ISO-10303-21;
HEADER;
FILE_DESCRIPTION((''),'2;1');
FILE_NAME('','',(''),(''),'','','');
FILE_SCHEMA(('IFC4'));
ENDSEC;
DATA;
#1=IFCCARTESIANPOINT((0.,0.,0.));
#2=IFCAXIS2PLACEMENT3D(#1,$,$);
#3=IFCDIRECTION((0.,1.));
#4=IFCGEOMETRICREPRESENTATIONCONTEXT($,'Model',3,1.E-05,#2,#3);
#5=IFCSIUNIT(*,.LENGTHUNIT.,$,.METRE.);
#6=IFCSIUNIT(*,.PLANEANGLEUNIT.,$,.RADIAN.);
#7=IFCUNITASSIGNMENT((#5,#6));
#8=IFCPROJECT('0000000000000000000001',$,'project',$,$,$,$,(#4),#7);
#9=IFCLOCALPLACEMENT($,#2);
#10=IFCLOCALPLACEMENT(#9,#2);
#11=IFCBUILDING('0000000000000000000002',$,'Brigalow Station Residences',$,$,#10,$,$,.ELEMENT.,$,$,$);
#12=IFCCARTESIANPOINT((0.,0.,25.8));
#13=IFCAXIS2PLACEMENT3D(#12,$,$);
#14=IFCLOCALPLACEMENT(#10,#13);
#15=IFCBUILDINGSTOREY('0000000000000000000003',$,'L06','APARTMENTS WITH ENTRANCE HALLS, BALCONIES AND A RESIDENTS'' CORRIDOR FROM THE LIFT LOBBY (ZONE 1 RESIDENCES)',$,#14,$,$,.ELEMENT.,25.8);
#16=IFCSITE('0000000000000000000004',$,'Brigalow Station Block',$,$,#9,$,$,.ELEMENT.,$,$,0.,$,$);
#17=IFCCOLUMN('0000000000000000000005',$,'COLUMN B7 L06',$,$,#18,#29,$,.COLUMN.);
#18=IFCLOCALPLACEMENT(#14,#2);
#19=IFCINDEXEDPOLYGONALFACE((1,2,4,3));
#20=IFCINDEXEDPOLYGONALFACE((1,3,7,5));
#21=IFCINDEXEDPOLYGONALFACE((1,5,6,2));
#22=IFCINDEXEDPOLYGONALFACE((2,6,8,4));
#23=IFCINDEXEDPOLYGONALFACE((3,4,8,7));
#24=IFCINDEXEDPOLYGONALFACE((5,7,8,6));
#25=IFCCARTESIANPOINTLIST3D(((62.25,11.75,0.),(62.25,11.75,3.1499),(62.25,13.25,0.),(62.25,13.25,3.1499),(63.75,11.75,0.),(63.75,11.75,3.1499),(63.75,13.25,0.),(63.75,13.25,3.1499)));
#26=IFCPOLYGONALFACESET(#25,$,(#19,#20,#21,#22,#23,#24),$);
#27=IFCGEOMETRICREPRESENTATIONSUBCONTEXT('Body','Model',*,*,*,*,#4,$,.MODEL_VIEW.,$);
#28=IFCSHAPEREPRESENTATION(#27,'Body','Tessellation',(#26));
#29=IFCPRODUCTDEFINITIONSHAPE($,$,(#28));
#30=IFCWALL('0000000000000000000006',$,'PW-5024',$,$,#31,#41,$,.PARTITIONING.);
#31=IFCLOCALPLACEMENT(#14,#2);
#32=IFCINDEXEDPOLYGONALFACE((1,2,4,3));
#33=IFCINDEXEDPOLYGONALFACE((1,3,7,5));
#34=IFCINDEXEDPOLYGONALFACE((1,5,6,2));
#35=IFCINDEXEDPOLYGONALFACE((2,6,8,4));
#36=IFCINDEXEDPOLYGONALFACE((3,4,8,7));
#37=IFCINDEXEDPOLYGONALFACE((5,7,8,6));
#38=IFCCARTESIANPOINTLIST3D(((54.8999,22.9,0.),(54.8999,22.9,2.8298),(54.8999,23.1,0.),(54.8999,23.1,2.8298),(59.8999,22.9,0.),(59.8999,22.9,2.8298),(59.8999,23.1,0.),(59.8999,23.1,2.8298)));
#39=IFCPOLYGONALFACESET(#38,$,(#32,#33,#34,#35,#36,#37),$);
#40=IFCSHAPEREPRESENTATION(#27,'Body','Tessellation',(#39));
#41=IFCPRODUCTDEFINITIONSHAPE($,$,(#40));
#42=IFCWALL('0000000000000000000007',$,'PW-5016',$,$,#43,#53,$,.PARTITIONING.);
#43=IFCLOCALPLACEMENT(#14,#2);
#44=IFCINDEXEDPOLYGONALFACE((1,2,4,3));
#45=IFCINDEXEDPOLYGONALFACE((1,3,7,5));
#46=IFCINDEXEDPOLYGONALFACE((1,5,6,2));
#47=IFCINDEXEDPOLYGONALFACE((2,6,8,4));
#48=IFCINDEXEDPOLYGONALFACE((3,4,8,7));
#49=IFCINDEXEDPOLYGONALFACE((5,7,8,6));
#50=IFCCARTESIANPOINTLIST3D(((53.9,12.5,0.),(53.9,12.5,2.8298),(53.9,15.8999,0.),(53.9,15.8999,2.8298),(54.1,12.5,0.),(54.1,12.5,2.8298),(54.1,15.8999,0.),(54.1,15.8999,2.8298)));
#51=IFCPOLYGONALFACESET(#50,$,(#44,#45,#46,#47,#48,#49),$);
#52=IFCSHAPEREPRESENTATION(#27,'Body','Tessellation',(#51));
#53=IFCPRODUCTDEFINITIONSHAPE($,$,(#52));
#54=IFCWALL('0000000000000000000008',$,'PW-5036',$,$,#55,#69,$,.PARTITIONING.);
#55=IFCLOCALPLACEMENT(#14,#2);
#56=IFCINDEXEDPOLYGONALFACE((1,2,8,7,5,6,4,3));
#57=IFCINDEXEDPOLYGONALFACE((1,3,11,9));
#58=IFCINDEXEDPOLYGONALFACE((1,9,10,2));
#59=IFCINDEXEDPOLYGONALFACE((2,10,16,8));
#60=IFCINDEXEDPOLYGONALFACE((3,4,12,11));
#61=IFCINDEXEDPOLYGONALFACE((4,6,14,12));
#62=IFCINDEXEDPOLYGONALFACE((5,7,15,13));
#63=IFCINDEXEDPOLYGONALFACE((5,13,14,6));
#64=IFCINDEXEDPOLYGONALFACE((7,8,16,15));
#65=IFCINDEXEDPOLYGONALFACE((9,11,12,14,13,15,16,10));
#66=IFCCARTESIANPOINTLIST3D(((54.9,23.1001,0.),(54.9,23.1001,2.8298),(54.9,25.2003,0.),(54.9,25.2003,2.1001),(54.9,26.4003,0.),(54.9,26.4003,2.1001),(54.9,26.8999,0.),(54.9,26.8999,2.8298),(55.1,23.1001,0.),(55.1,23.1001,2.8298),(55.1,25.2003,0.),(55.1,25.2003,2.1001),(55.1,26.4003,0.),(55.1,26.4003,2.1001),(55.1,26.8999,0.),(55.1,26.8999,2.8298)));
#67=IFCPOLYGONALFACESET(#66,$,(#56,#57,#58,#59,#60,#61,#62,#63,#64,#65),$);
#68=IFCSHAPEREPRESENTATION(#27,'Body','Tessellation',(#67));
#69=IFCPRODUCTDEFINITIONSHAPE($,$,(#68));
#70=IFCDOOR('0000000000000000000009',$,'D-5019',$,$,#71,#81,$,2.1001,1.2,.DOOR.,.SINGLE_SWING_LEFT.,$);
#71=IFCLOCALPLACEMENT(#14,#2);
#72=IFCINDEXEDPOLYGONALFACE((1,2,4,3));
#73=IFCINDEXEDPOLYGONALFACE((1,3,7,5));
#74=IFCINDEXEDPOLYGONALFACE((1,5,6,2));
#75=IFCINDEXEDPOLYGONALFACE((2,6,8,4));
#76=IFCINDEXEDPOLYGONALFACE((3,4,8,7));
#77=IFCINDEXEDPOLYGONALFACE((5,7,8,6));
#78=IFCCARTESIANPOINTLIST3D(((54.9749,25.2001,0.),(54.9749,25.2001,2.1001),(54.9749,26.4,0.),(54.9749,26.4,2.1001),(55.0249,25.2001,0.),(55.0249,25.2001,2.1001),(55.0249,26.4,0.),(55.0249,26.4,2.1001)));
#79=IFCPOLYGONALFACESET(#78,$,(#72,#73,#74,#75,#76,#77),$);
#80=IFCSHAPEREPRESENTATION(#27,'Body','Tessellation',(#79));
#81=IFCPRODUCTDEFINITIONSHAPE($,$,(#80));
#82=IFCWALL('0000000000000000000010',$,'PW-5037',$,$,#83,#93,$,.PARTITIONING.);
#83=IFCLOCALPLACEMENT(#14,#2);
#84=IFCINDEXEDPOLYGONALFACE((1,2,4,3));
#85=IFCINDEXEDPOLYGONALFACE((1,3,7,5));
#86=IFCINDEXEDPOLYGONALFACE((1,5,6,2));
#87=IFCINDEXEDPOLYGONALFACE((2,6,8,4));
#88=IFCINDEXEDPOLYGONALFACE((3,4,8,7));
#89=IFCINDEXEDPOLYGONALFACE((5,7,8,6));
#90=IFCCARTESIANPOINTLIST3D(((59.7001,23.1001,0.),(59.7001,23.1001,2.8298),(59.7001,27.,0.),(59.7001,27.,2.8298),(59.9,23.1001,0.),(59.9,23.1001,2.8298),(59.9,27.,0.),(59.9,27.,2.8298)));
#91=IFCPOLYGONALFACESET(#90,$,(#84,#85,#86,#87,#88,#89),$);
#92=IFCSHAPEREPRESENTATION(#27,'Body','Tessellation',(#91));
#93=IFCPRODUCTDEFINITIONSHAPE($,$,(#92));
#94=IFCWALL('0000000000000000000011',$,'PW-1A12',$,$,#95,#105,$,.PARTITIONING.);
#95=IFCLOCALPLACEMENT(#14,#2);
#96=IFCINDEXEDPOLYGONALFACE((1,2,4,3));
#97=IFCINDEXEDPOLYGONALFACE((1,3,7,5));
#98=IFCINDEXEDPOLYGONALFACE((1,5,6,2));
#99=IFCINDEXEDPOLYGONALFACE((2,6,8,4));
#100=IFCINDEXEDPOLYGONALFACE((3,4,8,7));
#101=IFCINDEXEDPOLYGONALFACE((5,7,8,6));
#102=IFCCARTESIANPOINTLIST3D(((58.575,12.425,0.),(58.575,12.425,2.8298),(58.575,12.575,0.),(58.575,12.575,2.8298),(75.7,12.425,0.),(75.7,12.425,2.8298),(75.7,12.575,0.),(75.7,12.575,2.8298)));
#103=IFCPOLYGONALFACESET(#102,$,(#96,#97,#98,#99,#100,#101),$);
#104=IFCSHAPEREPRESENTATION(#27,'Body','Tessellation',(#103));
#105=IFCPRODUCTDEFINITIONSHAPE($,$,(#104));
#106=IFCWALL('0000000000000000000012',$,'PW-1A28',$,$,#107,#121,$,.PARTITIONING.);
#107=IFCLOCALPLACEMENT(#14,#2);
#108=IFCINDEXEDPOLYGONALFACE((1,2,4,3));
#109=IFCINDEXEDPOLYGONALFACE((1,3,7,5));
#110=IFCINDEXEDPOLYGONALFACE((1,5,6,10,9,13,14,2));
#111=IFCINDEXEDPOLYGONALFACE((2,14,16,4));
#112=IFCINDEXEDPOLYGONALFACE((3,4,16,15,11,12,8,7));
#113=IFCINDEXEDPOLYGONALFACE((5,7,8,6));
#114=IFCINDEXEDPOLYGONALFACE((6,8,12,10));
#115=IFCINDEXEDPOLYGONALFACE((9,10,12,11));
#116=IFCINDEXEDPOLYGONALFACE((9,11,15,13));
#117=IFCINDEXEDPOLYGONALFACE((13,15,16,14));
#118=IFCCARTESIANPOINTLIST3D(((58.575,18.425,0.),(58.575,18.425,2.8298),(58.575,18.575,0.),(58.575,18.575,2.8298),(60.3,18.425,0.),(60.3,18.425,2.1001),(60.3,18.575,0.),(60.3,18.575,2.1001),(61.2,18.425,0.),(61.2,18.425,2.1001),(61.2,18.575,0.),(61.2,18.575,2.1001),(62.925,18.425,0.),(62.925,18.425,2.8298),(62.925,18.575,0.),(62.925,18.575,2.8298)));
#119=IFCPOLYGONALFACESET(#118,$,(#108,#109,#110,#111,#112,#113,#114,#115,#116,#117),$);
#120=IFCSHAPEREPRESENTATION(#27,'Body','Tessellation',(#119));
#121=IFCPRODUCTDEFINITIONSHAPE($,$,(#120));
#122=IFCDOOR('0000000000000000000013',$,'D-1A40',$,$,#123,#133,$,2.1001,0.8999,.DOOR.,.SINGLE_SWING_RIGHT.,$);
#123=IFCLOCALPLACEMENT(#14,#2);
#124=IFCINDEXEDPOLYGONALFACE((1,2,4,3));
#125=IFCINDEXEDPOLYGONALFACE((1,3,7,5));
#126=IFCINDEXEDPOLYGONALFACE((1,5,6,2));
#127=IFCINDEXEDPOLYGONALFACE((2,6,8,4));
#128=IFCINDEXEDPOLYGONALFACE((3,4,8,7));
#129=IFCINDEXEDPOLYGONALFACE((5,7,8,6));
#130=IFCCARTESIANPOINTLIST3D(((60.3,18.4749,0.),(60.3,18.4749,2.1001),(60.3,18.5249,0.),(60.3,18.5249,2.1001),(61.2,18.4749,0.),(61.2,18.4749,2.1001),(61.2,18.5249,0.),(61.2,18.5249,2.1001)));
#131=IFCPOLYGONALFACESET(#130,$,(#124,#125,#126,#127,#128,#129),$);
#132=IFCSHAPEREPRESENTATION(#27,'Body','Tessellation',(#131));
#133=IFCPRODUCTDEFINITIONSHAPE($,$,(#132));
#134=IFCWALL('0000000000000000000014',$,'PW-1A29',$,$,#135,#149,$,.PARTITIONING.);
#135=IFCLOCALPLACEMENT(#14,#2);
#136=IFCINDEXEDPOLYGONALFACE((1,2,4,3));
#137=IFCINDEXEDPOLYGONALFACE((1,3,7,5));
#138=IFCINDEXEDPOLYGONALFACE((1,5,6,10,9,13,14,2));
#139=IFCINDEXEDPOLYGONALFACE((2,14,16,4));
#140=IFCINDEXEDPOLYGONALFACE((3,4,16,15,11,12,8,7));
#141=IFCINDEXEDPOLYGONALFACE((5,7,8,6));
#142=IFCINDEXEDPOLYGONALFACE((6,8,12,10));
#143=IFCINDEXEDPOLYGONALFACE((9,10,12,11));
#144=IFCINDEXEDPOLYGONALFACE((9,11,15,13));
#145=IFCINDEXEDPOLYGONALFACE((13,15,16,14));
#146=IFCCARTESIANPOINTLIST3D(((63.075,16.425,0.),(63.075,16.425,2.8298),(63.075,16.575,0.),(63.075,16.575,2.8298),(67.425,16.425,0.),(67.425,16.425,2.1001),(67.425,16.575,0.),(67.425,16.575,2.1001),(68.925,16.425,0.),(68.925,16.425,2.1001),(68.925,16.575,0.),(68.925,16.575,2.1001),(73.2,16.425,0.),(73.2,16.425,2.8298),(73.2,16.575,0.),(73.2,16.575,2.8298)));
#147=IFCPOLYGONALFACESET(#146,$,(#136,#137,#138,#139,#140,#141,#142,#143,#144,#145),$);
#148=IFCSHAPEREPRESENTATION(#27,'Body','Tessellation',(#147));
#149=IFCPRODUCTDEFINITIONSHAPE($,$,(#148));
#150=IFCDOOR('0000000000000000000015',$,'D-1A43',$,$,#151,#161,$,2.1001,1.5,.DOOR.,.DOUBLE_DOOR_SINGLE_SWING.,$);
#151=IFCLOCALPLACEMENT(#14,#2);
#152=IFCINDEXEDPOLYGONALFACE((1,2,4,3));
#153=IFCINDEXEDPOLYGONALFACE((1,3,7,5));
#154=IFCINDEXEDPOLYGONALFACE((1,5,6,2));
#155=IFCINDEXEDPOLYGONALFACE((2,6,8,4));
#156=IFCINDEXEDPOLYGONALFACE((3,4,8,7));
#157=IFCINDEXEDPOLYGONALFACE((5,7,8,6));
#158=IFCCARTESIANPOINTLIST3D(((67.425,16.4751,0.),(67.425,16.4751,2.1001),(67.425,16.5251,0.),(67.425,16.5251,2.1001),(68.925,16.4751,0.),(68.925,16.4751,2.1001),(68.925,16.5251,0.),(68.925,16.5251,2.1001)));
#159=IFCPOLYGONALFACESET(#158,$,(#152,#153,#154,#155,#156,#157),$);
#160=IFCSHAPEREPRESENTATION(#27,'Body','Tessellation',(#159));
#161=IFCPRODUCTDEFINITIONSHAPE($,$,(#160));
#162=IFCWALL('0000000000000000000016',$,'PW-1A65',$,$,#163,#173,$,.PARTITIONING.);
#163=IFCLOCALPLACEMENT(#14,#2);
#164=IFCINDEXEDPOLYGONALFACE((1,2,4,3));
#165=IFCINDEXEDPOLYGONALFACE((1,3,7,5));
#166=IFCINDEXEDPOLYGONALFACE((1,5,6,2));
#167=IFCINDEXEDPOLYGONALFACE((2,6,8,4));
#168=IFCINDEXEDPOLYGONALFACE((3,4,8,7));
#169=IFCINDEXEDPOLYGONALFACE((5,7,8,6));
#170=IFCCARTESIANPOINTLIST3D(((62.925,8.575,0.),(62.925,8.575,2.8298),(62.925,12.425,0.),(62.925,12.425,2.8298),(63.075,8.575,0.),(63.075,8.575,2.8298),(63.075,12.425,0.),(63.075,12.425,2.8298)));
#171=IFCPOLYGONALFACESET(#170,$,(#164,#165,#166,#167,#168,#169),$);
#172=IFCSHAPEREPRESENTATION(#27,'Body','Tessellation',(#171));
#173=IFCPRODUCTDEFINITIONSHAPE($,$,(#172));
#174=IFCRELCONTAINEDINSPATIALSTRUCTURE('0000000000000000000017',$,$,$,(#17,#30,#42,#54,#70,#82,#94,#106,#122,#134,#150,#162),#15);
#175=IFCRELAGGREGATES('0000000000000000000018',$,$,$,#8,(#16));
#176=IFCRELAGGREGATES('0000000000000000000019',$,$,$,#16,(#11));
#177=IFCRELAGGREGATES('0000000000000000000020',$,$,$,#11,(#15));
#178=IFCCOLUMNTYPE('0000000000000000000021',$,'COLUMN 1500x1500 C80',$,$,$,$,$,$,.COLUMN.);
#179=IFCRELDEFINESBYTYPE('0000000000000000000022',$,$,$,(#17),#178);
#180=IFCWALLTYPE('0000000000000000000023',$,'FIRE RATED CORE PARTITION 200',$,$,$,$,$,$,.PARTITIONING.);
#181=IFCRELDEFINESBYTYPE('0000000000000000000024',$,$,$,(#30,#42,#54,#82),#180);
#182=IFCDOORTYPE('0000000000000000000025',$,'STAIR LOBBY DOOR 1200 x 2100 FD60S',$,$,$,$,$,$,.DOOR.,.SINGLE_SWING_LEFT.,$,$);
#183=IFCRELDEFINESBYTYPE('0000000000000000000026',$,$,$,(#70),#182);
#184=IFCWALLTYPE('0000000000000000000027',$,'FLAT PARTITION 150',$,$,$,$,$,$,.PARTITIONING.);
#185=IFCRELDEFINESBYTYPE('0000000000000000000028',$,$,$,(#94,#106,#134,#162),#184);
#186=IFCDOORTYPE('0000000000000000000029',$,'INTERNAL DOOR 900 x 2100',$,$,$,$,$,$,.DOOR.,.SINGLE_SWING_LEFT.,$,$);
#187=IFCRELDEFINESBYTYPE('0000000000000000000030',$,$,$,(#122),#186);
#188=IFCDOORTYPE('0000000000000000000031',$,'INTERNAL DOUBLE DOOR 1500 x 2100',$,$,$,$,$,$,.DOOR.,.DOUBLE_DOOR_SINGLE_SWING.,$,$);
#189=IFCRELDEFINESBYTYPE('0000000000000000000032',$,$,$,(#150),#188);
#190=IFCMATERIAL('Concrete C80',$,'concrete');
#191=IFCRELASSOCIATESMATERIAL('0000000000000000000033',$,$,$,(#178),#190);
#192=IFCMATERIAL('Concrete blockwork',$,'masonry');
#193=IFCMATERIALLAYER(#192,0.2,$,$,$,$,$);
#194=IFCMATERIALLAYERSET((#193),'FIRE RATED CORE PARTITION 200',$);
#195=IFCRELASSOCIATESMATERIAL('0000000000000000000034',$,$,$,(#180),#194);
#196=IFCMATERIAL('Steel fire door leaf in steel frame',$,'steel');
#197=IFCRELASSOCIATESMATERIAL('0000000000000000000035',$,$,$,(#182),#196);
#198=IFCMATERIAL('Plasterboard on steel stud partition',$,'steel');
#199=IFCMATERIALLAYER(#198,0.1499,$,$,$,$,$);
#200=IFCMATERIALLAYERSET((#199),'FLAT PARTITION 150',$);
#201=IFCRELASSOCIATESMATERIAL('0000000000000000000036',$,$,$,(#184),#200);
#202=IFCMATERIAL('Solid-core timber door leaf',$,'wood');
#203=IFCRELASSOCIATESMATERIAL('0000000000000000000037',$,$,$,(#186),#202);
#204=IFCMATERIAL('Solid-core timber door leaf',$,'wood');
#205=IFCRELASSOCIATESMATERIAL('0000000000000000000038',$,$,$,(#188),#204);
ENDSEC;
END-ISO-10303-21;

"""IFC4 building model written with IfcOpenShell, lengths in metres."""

from ifc_helpers import new_model, si_unit, direction, frame, frame_2d, origin, origin_2d, place, context, subcontext, project, spatial, rectangle, extrude, material, layer, layer_set, material_profile, profile_set, type_object, element, fill, save


model = new_model("IFC4")

# Units and contexts
model_context = context("Model", 3, precision=1e-05, world=origin(), true_north=direction((0.0, 1.0)))
body_context = subcontext(model_context, "Body", "Model", "MODEL_VIEW")
ifc_project = project(units=[si_unit("LENGTHUNIT", "METRE"), si_unit("PLANEANGLEUNIT", "RADIAN")], contexts=[model_context])

# Site, building, storey
site_placement = place(None, origin())
site = spatial("IfcSite", under=ifc_project, at=site_placement, Name="Brigalow Station Block", CompositionType="ELEMENT", RefElevation=0.0)
building_placement = place(site_placement, origin())
building = spatial("IfcBuilding", under=site, at=building_placement, Name="Brigalow Station Residences", CompositionType="ELEMENT")
storey_placement = place(building_placement, frame((0.0, 0.0, 25.8)))
storey = spatial("IfcBuildingStorey", under=building, at=storey_placement, Name="L06", Description="APARTMENTS WITH ENTRANCE HALLS, BALCONIES AND A RESIDENTS' CORRIDOR FROM THE LIFT LOBBY (ZONE 1 RESIDENCES)", CompositionType="ELEMENT", Elevation=25.8)

# Column
ifc_material_1 = material(Name="Concrete C80", Category="concrete")
ifc_material_profile = material_profile(ifc_material_1, rectangle(XDim=1.5, YDim=1.5, at=origin_2d()), Name="RC1500x1500")
ifc_profile_set = profile_set([ifc_material_profile], Name="Concrete C80")
column_type = type_object("IfcColumnType", Name="COLUMN 1500x1500 C80", PredefinedType="COLUMN", material=ifc_profile_set)
column_placement = place(storey_placement, frame((63.0, 12.5, 0.0), z_axis=(0.0, 0.0, 1.0), x_axis=(1.0, 0.0, 0.0)))
element("IfcColumn", 1, at=column_placement, inside=storey, type_object=column_type, Name="COLUMN B7 L06", PredefinedType="COLUMN", context=body_context, shape_type="SweptSolid", body=[
    extrude(rectangle(XDim=1.5, YDim=1.5, at=origin_2d()), origin(), (0.0, 0.0, 1.0), 3.1499),
])

# Walls
ifc_material_2 = material(Name="Concrete blockwork", Category="masonry")
ifc_layer_1 = layer(ifc_material_2, 0.2)
ifc_layer_set_1 = layer_set([ifc_layer_1], Name="FIRE RATED CORE PARTITION 200")
wall_type_1 = type_object("IfcWallType", Name="FIRE RATED CORE PARTITION 200", PredefinedType="PARTITIONING", material=ifc_layer_set_1)
wall_1_placement = place(storey_placement, frame((54.8999, 23.0, 0.0), z_axis=(0.0, 0.0, 1.0), x_axis=(1.0, 0.0, 0.0)))
element("IfcWall", 2, at=wall_1_placement, inside=storey, type_object=wall_type_1, Name="PW-5024", PredefinedType="PARTITIONING", context=body_context, shape_type="SweptSolid", body=[
    extrude(rectangle(XDim=5.0, YDim=0.2, at=frame_2d((2.5, 0.0))), origin(), (0.0, 0.0, 1.0), 2.8298),
])
wall_2_placement = place(storey_placement, frame((54.0, 12.5, 0.0), z_axis=(0.0, 0.0, 1.0), x_axis=(0.0, 1.0, 0.0)))
element("IfcWall", 3, at=wall_2_placement, inside=storey, type_object=wall_type_1, Name="PW-5016", PredefinedType="PARTITIONING", context=body_context, shape_type="SweptSolid", body=[
    extrude(rectangle(XDim=3.3999, YDim=0.2, at=frame_2d((1.7, 0.0))), origin(), (0.0, 0.0, 1.0), 2.8298),
])

# Wall, opening, door
wall_3_placement = place(storey_placement, frame((55.0, 23.1001, 0.0), z_axis=(0.0, 0.0, 1.0), x_axis=(0.0, 1.0, 0.0)))
wall_3 = element("IfcWall", 4, at=wall_3_placement, inside=storey, type_object=wall_type_1, Name="PW-5036", PredefinedType="PARTITIONING", context=body_context, shape_type="SweptSolid", body=[
    extrude(rectangle(XDim=3.7998, YDim=0.2, at=frame_2d((1.8999, 0.0))), origin(), (0.0, 0.0, 1.0), 2.8298),
])
opening_1_placement = place(wall_3_placement, frame((2.1001, 0.0, 0.0)))
opening_1 = element("IfcOpeningElement", 5, at=opening_1_placement, cuts=wall_3, PredefinedType="OPENING", context=body_context, shape_type="SweptSolid", body=[
    extrude(rectangle(XDim=1.2, YDim=2.1001, at=frame_2d((0.6001, 1.05))), frame((0.0, 0.1099, 0.0), z_axis=(0.0, -1.0, 0.0), x_axis=(1.0, 0.0, 0.0)), (0.0, 0.0, 1.0), 0.22),
])
ifc_material_3 = material(Name="Steel fire door leaf in steel frame", Category="steel")
door_type_1 = type_object("IfcDoorType", Name="STAIR LOBBY DOOR 1200 x 2100 FD60S", OperationType="SINGLE_SWING_LEFT", PredefinedType="DOOR", material=ifc_material_3)
door_1_placement = place(opening_1_placement, frame((1.2, 0.0, 0.0), z_axis=(0.0, 0.0, 1.0), x_axis=(-1.0, 0.0, 0.0)))
door_1 = element("IfcDoor", 6, at=door_1_placement, inside=storey, type_object=door_type_1, Name="D-5019", OperationType="SINGLE_SWING_LEFT", OverallHeight=2.1001, OverallWidth=1.2, PredefinedType="DOOR", context=body_context, shape_type="SweptSolid", body=[
    extrude(rectangle(XDim=1.2, YDim=2.1001, at=frame_2d((0.6001, 1.05))), frame((0.0, 0.0249, 0.0), z_axis=(0.0, -1.0, 0.0), x_axis=(1.0, 0.0, 0.0)), (0.0, 0.0, 1.0), 0.05),
])
fill(opening_1, door_1)

# Walls
wall_4_placement = place(storey_placement, frame((59.8, 23.1001, 0.0), z_axis=(0.0, 0.0, 1.0), x_axis=(0.0, 1.0, 0.0)))
element("IfcWall", 7, at=wall_4_placement, inside=storey, type_object=wall_type_1, Name="PW-5037", PredefinedType="PARTITIONING", context=body_context, shape_type="SweptSolid", body=[
    extrude(rectangle(XDim=3.8999, YDim=0.2, at=frame_2d((1.95, 0.0))), origin(), (0.0, 0.0, 1.0), 2.8298),
])
ifc_material_4 = material(Name="Plasterboard on steel stud partition", Category="steel")
ifc_layer_2 = layer(ifc_material_4, 0.1499)
ifc_layer_set_2 = layer_set([ifc_layer_2], Name="FLAT PARTITION 150")
wall_type_2 = type_object("IfcWallType", Name="FLAT PARTITION 150", PredefinedType="PARTITIONING", material=ifc_layer_set_2)
wall_5_placement = place(storey_placement, frame((58.575, 12.5, 0.0), z_axis=(0.0, 0.0, 1.0), x_axis=(1.0, 0.0, 0.0)))
element("IfcWall", 8, at=wall_5_placement, inside=storey, type_object=wall_type_2, Name="PW-1A12", PredefinedType="PARTITIONING", context=body_context, shape_type="SweptSolid", body=[
    extrude(rectangle(XDim=17.125, YDim=0.1499, at=frame_2d((8.5625, 0.0))), origin(), (0.0, 0.0, 1.0), 2.8298),
])

# Walls, openings, doors
wall_6_placement = place(storey_placement, frame((58.575, 18.5, 0.0), z_axis=(0.0, 0.0, 1.0), x_axis=(1.0, 0.0, 0.0)))
wall_6 = element("IfcWall", 9, at=wall_6_placement, inside=storey, type_object=wall_type_2, Name="PW-1A28", PredefinedType="PARTITIONING", context=body_context, shape_type="SweptSolid", body=[
    extrude(rectangle(XDim=4.3501, YDim=0.1499, at=frame_2d((2.175, 0.0))), origin(), (0.0, 0.0, 1.0), 2.8298),
])
opening_2_placement = place(wall_6_placement, frame((1.7251, 0.0, 0.0)))
opening_2 = element("IfcOpeningElement", 10, at=opening_2_placement, cuts=wall_6, PredefinedType="OPENING", context=body_context, shape_type="SweptSolid", body=[
    extrude(rectangle(XDim=0.8999, YDim=2.1001, at=frame_2d((0.45, 1.05))), frame((0.0, 0.085, 0.0), z_axis=(0.0, -1.0, 0.0), x_axis=(1.0, 0.0, 0.0)), (0.0, 0.0, 1.0), 0.1699),
])
ifc_material_5 = material(Name="Solid-core timber door leaf", Category="wood")
door_type_2 = type_object("IfcDoorType", Name="INTERNAL DOOR 900 x 2100", OperationType="SINGLE_SWING_LEFT", PredefinedType="DOOR", material=ifc_material_5)
door_2_placement = place(opening_2_placement, origin())
door_2 = element("IfcDoor", 11, at=door_2_placement, inside=storey, type_object=door_type_2, Name="D-1A40", OperationType="SINGLE_SWING_RIGHT", OverallHeight=2.1001, OverallWidth=0.8999, PredefinedType="DOOR", context=body_context, shape_type="SweptSolid", body=[
    extrude(rectangle(XDim=0.8999, YDim=2.1001, at=frame_2d((0.45, 1.05))), frame((0.0, 0.0249, 0.0), z_axis=(0.0, -1.0, 0.0), x_axis=(1.0, 0.0, 0.0)), (0.0, 0.0, 1.0), 0.05),
])
fill(opening_2, door_2)
wall_7_placement = place(storey_placement, frame((63.075, 16.5, 0.0), z_axis=(0.0, 0.0, 1.0), x_axis=(1.0, 0.0, 0.0)))
wall_7 = element("IfcWall", 12, at=wall_7_placement, inside=storey, type_object=wall_type_2, Name="PW-1A29", PredefinedType="PARTITIONING", context=body_context, shape_type="SweptSolid", body=[
    extrude(rectangle(XDim=10.125, YDim=0.1499, at=frame_2d((5.0625, 0.0))), origin(), (0.0, 0.0, 1.0), 2.8298),
])
opening_3_placement = place(wall_7_placement, frame((4.3501, 0.0, 0.0)))
opening_3 = element("IfcOpeningElement", 13, at=opening_3_placement, cuts=wall_7, PredefinedType="OPENING", context=body_context, shape_type="SweptSolid", body=[
    extrude(rectangle(XDim=1.5, YDim=2.1001, at=frame_2d((0.75, 1.05))), frame((0.0, 0.085, 0.0), z_axis=(0.0, -1.0, 0.0), x_axis=(1.0, 0.0, 0.0)), (0.0, 0.0, 1.0), 0.1699),
])
ifc_material_6 = material(Name="Solid-core timber door leaf", Category="wood")
door_type_3 = type_object("IfcDoorType", Name="INTERNAL DOUBLE DOOR 1500 x 2100", OperationType="DOUBLE_DOOR_SINGLE_SWING", PredefinedType="DOOR", material=ifc_material_6)
door_3_placement = place(opening_3_placement, frame((1.5, 0.0, 0.0), z_axis=(0.0, 0.0, 1.0), x_axis=(-1.0, 0.0, 0.0)))
door_3 = element("IfcDoor", 14, at=door_3_placement, inside=storey, type_object=door_type_3, Name="D-1A43", OperationType="DOUBLE_DOOR_SINGLE_SWING", OverallHeight=2.1001, OverallWidth=1.5, PredefinedType="DOOR", context=body_context, shape_type="SweptSolid", body=[
    extrude(rectangle(XDim=1.5, YDim=2.1001, at=frame_2d((0.75, 1.05))), frame((0.0, 0.0249, 0.0), z_axis=(0.0, -1.0, 0.0), x_axis=(1.0, 0.0, 0.0)), (0.0, 0.0, 1.0), 0.05),
])
fill(opening_3, door_3)

# Wall
wall_8_placement = place(storey_placement, frame((63.0, 8.575, 0.0), z_axis=(0.0, 0.0, 1.0), x_axis=(0.0, 1.0, 0.0)))
element("IfcWall", 15, at=wall_8_placement, inside=storey, type_object=wall_type_2, Name="PW-1A65", PredefinedType="PARTITIONING", context=body_context, shape_type="SweptSolid", body=[
    extrude(rectangle(XDim=3.8501, YDim=0.1499, at=frame_2d((1.925, 0.0))), origin(), (0.0, 0.0, 1.0), 2.8298),
])

save(model, "model.ifc")
